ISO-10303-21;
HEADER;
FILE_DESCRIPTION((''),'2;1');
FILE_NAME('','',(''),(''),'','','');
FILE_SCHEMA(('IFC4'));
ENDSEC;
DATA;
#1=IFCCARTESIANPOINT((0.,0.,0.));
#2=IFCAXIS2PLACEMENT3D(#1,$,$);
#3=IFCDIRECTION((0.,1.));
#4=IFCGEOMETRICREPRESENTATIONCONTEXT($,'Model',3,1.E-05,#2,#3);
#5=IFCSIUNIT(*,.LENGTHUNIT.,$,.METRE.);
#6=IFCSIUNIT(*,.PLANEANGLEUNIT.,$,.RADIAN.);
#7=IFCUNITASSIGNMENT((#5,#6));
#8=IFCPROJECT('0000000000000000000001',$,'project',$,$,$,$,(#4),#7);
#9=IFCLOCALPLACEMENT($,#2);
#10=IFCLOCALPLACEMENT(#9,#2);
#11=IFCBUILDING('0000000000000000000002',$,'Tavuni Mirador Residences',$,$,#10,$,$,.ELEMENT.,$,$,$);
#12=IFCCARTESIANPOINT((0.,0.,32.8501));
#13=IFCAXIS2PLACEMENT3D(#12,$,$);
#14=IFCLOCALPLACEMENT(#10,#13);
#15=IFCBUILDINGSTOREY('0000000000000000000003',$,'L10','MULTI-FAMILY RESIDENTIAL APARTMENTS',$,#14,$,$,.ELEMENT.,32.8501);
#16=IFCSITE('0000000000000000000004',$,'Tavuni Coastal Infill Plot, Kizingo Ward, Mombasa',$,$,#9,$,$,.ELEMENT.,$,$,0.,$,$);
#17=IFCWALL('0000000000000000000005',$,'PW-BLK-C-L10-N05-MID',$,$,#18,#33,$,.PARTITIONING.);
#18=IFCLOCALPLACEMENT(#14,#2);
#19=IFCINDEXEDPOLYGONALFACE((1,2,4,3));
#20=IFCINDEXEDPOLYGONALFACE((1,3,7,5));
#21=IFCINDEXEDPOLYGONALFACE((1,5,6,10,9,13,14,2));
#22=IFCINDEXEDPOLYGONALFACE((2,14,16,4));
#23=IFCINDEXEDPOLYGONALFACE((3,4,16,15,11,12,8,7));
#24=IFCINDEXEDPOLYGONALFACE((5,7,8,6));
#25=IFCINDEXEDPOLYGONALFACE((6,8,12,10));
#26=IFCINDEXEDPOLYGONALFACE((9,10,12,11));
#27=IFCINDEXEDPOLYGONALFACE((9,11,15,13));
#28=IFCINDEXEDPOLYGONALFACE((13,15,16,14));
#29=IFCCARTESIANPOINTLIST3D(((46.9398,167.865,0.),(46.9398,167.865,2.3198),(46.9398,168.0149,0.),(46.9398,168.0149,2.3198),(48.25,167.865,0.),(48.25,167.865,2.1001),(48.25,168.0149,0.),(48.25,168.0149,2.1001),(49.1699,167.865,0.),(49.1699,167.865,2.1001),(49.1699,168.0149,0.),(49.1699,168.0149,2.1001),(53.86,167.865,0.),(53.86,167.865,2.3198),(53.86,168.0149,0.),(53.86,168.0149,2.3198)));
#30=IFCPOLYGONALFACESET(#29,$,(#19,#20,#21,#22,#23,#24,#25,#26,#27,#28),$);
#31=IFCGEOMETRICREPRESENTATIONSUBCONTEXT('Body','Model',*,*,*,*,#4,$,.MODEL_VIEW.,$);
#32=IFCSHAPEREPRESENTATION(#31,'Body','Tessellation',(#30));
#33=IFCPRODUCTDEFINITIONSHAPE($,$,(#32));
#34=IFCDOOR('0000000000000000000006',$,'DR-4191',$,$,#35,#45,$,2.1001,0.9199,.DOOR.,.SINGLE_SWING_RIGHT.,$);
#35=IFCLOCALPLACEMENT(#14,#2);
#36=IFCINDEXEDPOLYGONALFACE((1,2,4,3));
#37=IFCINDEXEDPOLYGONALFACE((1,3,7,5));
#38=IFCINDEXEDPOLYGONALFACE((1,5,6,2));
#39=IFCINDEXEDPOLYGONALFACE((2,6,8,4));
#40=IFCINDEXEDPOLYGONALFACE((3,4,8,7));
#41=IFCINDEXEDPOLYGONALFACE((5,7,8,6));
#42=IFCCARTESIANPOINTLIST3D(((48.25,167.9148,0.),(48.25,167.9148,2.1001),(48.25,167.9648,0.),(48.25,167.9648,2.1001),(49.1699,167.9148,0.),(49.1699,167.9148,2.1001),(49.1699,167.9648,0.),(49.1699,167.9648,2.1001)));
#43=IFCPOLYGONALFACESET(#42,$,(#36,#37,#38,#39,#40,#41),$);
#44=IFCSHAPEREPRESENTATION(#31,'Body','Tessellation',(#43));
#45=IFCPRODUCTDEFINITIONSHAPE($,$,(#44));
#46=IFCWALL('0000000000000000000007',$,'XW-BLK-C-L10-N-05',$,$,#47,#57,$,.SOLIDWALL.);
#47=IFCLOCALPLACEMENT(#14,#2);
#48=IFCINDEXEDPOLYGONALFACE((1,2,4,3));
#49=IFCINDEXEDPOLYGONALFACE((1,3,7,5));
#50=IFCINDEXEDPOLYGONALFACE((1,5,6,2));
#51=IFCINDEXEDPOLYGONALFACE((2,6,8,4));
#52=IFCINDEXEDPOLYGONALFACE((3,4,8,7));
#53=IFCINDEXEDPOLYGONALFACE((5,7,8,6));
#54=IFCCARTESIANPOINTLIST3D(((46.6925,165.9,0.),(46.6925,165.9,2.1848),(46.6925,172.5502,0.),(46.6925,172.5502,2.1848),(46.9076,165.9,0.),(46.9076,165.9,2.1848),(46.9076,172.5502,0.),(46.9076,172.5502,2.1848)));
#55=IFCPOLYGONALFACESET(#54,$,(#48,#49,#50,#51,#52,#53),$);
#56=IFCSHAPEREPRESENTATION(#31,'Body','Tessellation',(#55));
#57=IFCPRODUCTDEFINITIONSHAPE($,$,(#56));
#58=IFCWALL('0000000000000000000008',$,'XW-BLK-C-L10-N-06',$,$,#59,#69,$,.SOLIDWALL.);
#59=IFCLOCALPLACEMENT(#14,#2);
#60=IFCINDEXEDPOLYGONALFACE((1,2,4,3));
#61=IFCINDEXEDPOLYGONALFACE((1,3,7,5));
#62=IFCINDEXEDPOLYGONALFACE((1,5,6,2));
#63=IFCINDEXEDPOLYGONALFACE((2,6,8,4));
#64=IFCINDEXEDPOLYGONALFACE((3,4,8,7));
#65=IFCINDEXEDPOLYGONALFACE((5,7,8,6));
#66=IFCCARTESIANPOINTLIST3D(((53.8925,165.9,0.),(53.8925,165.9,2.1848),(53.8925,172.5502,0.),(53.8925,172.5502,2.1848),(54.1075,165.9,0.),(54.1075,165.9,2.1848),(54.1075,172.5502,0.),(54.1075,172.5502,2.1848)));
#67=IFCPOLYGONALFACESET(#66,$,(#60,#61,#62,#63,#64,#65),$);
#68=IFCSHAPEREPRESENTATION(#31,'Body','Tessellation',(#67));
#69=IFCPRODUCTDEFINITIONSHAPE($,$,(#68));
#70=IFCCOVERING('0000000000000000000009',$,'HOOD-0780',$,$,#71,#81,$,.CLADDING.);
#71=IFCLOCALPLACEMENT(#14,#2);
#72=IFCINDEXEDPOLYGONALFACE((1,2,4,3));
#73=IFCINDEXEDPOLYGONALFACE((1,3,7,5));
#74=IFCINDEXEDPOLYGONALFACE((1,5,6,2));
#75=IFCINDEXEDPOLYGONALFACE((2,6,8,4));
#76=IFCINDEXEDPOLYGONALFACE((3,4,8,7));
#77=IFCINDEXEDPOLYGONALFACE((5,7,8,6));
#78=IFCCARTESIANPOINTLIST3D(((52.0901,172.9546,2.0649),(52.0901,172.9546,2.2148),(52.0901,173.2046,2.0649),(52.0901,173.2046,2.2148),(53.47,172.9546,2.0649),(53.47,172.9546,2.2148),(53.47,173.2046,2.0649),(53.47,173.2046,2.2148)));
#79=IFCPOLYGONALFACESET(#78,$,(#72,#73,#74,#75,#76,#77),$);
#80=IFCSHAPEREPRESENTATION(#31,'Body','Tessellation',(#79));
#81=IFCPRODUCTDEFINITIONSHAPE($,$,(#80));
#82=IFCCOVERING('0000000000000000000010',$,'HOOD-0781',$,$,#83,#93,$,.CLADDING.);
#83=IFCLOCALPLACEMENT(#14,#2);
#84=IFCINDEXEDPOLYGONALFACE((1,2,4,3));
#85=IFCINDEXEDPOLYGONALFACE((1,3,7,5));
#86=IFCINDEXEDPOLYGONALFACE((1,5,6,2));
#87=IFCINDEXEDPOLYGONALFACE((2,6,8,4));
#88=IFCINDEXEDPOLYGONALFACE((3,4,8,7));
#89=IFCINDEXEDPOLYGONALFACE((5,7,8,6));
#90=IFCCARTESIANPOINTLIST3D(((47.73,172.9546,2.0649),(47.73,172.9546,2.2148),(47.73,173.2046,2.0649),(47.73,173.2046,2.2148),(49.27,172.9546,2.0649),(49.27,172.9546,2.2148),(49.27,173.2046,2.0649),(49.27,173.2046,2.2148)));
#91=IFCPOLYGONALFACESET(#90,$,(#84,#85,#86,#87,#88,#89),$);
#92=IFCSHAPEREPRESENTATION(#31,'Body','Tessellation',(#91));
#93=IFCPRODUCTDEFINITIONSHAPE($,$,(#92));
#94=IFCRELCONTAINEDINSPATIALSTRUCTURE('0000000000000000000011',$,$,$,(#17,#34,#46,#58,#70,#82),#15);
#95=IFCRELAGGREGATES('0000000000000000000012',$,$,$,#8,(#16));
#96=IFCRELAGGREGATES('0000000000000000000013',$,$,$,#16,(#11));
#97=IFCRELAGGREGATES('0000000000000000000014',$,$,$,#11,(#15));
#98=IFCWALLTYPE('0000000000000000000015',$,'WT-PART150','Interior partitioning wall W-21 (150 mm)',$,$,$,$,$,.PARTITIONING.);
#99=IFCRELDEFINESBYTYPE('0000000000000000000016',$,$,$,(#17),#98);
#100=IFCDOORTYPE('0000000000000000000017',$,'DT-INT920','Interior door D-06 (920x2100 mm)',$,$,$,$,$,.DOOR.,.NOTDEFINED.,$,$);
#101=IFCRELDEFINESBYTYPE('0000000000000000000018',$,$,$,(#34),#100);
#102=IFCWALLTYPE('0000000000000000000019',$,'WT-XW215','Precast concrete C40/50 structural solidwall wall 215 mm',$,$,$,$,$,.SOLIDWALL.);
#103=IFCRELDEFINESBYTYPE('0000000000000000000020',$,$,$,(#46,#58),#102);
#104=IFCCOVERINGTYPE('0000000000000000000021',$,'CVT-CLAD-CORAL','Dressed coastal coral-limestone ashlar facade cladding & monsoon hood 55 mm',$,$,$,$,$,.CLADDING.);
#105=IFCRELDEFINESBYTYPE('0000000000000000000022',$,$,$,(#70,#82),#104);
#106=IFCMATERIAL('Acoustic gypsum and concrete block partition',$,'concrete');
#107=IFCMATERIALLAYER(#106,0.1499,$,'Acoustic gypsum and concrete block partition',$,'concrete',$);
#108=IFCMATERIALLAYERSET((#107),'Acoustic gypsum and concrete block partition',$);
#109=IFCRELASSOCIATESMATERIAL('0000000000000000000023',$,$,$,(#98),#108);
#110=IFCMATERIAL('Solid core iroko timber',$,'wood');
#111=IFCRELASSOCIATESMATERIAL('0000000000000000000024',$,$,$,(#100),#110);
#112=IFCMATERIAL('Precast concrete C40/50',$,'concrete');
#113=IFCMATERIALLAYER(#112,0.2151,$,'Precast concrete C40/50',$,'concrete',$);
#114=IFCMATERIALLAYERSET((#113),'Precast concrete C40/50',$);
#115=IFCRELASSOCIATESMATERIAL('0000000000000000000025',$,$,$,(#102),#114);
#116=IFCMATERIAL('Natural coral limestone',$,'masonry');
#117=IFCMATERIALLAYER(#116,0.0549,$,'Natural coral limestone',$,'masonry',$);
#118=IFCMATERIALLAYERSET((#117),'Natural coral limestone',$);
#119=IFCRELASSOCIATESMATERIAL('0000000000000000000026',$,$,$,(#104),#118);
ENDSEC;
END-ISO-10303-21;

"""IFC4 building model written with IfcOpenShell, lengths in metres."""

from ifc_helpers import new_model, si_unit, direction, frame, frame_2d, origin, origin_2d, place, context, subcontext, project, spatial, rectangle, extrude, material, layer, layer_set, type_object, element, fill, save


model = new_model("IFC4")

# Units and contexts
model_context = context("Model", 3, precision=1e-05, world=origin(), true_north=direction((0.0, 1.0)))
body_context = subcontext(model_context, "Body", "Model", "MODEL_VIEW")
ifc_project = project(units=[si_unit("LENGTHUNIT", "METRE"), si_unit("PLANEANGLEUNIT", "RADIAN")], contexts=[model_context])

# Site, building, storey
site_placement = place(None, origin())
site = spatial("IfcSite", under=ifc_project, at=site_placement, Name="Tavuni Coastal Infill Plot, Kizingo Ward, Mombasa", CompositionType="ELEMENT", RefElevation=0.0)
building_placement = place(site_placement, origin())
building = spatial("IfcBuilding", under=site, at=building_placement, Name="Tavuni Mirador Residences", CompositionType="ELEMENT")
storey_placement = place(building_placement, frame((0.0, 0.0, 32.8501)))
storey = spatial("IfcBuildingStorey", under=building, at=storey_placement, Name="L10", Description="MULTI-FAMILY RESIDENTIAL APARTMENTS", CompositionType="ELEMENT", Elevation=32.8501)

# Shared definitions
ifc_material_1 = material(Name="Precast concrete C40/50", Category="concrete")

# Shared definitions
ifc_material_2 = material(Name="Solid core iroko timber", Category="wood")

# Wall, opening, door
ifc_material_3 = material(Name="Acoustic gypsum and concrete block partition", Category="concrete")
ifc_layer_1 = layer(ifc_material_3, 0.1499, Name="Acoustic gypsum and concrete block partition", Category="concrete")
ifc_layer_set_1 = layer_set([ifc_layer_1], Name="Acoustic gypsum and concrete block partition")
wall_type_1 = type_object("IfcWallType", Name="WT-PART150", Description="Interior partitioning wall W-21 (150 mm)", PredefinedType="PARTITIONING", material=ifc_layer_set_1)
wall_1_placement = place(storey_placement, frame((46.9399, 167.9399, 0.0), z_axis=(0.0, 0.0, 1.0), x_axis=(1.0, 0.0, 0.0)))
wall_1 = element("IfcWall", 1, at=wall_1_placement, inside=storey, type_object=wall_type_1, Name="PW-BLK-C-L10-N05-MID", PredefinedType="PARTITIONING", context=body_context, shape_type="SweptSolid", body=[
    extrude(rectangle(XDim=6.9202, YDim=0.1499, at=frame_2d((3.46, 0.0))), origin(), (0.0, 0.0, 1.0), 2.3198),
])
opening_1_placement = place(wall_1_placement, frame((1.3101, 0.0, 0.0)))
opening_1 = element("IfcOpeningElement", 2, at=opening_1_placement, cuts=wall_1, PredefinedType="OPENING", context=body_context, shape_type="SweptSolid", body=[
    extrude(rectangle(XDim=0.9199, YDim=2.1001, at=frame_2d((0.46, 1.05))), frame((0.0, 0.085, 0.0), z_axis=(0.0, -1.0, 0.0), x_axis=(1.0, 0.0, 0.0)), (0.0, 0.0, 1.0), 0.1699),
])
door_type_1 = type_object("IfcDoorType", Name="DT-INT920", Description="Interior door D-06 (920x2100 mm)", OperationType="NOTDEFINED", PredefinedType="DOOR", material=ifc_material_2)
door_1_placement = place(opening_1_placement, origin())
door_1 = element("IfcDoor", 3, at=door_1_placement, inside=storey, type_object=door_type_1, Name="DR-4191", OperationType="SINGLE_SWING_RIGHT", OverallHeight=2.1001, OverallWidth=0.9199, PredefinedType="DOOR", context=body_context, shape_type="SweptSolid", body=[
    extrude(rectangle(XDim=0.9199, YDim=2.1001, at=frame_2d((0.46, 1.05))), frame((0.0, 0.0249, 0.0), z_axis=(0.0, -1.0, 0.0), x_axis=(1.0, 0.0, 0.0)), (0.0, 0.0, 1.0), 0.05),
])
fill(opening_1, door_1)

# Walls
ifc_layer_2 = layer(ifc_material_1, 0.2151, Name="Precast concrete C40/50", Category="concrete")
ifc_layer_set_2 = layer_set([ifc_layer_2], Name="Precast concrete C40/50")
wall_type_2 = type_object("IfcWallType", Name="WT-XW215", Description="Precast concrete C40/50 structural solidwall wall 215 mm", PredefinedType="SOLIDWALL", material=ifc_layer_set_2)
for number, where, z_axis, x_axis, name in (
    (4, (46.8, 165.8999, 0.0), (0.0, 0.0, 1.0), (0.0, 1.0, 0.0), "XW-BLK-C-L10-N-05"),
    (5, (54.0, 165.8999, 0.0), (0.0, 0.0, 1.0), (0.0, 1.0, 0.0), "XW-BLK-C-L10-N-06"),
):
    element("IfcWall", number, at=place(storey_placement, frame(where, z_axis=z_axis, x_axis=x_axis)), inside=storey, type_object=wall_type_2, Name=name, PredefinedType="SOLIDWALL", context=body_context, shape_type="SweptSolid", body=[
        extrude(rectangle(XDim=6.6501, YDim=0.2151, at=frame_2d((3.3252, 0.0))), origin(), (0.0, 0.0, 1.0), 2.1848),
    ])

# Coverings
ifc_material_4 = material(Name="Natural coral limestone", Category="masonry")
ifc_layer_3 = layer(ifc_material_4, 0.0549, Name="Natural coral limestone", Category="masonry")
ifc_layer_set_3 = layer_set([ifc_layer_3], Name="Natural coral limestone")
covering_type = type_object("IfcCoveringType", Name="CVT-CLAD-CORAL", Description="Dressed coastal coral-limestone ashlar facade cladding & monsoon hood 55 mm", PredefinedType="CLADDING", material=ifc_layer_set_3)
covering_1_placement = place(storey_placement, frame((52.78, 173.0796, 2.0649), z_axis=(0.0, 0.0, 1.0), x_axis=(-1.0, 0.0, 0.0)))
element("IfcCovering", 6, at=covering_1_placement, inside=storey, type_object=covering_type, Name="HOOD-0780", PredefinedType="CLADDING", context=body_context, shape_type="SweptSolid", body=[
    extrude(rectangle(XDim=1.3799, YDim=0.25, at=origin_2d()), origin(), (0.0, 0.0, 1.0), 0.1499),
])
covering_2_placement = place(storey_placement, frame((48.5, 173.0796, 2.0649), z_axis=(0.0, 0.0, 1.0), x_axis=(-1.0, 0.0, 0.0)))
element("IfcCovering", 7, at=covering_2_placement, inside=storey, type_object=covering_type, Name="HOOD-0781", PredefinedType="CLADDING", context=body_context, shape_type="SweptSolid", body=[
    extrude(rectangle(XDim=1.54, YDim=0.25, at=origin_2d()), origin(), (0.0, 0.0, 1.0), 0.1499),
])

save(model, "model.ifc")
